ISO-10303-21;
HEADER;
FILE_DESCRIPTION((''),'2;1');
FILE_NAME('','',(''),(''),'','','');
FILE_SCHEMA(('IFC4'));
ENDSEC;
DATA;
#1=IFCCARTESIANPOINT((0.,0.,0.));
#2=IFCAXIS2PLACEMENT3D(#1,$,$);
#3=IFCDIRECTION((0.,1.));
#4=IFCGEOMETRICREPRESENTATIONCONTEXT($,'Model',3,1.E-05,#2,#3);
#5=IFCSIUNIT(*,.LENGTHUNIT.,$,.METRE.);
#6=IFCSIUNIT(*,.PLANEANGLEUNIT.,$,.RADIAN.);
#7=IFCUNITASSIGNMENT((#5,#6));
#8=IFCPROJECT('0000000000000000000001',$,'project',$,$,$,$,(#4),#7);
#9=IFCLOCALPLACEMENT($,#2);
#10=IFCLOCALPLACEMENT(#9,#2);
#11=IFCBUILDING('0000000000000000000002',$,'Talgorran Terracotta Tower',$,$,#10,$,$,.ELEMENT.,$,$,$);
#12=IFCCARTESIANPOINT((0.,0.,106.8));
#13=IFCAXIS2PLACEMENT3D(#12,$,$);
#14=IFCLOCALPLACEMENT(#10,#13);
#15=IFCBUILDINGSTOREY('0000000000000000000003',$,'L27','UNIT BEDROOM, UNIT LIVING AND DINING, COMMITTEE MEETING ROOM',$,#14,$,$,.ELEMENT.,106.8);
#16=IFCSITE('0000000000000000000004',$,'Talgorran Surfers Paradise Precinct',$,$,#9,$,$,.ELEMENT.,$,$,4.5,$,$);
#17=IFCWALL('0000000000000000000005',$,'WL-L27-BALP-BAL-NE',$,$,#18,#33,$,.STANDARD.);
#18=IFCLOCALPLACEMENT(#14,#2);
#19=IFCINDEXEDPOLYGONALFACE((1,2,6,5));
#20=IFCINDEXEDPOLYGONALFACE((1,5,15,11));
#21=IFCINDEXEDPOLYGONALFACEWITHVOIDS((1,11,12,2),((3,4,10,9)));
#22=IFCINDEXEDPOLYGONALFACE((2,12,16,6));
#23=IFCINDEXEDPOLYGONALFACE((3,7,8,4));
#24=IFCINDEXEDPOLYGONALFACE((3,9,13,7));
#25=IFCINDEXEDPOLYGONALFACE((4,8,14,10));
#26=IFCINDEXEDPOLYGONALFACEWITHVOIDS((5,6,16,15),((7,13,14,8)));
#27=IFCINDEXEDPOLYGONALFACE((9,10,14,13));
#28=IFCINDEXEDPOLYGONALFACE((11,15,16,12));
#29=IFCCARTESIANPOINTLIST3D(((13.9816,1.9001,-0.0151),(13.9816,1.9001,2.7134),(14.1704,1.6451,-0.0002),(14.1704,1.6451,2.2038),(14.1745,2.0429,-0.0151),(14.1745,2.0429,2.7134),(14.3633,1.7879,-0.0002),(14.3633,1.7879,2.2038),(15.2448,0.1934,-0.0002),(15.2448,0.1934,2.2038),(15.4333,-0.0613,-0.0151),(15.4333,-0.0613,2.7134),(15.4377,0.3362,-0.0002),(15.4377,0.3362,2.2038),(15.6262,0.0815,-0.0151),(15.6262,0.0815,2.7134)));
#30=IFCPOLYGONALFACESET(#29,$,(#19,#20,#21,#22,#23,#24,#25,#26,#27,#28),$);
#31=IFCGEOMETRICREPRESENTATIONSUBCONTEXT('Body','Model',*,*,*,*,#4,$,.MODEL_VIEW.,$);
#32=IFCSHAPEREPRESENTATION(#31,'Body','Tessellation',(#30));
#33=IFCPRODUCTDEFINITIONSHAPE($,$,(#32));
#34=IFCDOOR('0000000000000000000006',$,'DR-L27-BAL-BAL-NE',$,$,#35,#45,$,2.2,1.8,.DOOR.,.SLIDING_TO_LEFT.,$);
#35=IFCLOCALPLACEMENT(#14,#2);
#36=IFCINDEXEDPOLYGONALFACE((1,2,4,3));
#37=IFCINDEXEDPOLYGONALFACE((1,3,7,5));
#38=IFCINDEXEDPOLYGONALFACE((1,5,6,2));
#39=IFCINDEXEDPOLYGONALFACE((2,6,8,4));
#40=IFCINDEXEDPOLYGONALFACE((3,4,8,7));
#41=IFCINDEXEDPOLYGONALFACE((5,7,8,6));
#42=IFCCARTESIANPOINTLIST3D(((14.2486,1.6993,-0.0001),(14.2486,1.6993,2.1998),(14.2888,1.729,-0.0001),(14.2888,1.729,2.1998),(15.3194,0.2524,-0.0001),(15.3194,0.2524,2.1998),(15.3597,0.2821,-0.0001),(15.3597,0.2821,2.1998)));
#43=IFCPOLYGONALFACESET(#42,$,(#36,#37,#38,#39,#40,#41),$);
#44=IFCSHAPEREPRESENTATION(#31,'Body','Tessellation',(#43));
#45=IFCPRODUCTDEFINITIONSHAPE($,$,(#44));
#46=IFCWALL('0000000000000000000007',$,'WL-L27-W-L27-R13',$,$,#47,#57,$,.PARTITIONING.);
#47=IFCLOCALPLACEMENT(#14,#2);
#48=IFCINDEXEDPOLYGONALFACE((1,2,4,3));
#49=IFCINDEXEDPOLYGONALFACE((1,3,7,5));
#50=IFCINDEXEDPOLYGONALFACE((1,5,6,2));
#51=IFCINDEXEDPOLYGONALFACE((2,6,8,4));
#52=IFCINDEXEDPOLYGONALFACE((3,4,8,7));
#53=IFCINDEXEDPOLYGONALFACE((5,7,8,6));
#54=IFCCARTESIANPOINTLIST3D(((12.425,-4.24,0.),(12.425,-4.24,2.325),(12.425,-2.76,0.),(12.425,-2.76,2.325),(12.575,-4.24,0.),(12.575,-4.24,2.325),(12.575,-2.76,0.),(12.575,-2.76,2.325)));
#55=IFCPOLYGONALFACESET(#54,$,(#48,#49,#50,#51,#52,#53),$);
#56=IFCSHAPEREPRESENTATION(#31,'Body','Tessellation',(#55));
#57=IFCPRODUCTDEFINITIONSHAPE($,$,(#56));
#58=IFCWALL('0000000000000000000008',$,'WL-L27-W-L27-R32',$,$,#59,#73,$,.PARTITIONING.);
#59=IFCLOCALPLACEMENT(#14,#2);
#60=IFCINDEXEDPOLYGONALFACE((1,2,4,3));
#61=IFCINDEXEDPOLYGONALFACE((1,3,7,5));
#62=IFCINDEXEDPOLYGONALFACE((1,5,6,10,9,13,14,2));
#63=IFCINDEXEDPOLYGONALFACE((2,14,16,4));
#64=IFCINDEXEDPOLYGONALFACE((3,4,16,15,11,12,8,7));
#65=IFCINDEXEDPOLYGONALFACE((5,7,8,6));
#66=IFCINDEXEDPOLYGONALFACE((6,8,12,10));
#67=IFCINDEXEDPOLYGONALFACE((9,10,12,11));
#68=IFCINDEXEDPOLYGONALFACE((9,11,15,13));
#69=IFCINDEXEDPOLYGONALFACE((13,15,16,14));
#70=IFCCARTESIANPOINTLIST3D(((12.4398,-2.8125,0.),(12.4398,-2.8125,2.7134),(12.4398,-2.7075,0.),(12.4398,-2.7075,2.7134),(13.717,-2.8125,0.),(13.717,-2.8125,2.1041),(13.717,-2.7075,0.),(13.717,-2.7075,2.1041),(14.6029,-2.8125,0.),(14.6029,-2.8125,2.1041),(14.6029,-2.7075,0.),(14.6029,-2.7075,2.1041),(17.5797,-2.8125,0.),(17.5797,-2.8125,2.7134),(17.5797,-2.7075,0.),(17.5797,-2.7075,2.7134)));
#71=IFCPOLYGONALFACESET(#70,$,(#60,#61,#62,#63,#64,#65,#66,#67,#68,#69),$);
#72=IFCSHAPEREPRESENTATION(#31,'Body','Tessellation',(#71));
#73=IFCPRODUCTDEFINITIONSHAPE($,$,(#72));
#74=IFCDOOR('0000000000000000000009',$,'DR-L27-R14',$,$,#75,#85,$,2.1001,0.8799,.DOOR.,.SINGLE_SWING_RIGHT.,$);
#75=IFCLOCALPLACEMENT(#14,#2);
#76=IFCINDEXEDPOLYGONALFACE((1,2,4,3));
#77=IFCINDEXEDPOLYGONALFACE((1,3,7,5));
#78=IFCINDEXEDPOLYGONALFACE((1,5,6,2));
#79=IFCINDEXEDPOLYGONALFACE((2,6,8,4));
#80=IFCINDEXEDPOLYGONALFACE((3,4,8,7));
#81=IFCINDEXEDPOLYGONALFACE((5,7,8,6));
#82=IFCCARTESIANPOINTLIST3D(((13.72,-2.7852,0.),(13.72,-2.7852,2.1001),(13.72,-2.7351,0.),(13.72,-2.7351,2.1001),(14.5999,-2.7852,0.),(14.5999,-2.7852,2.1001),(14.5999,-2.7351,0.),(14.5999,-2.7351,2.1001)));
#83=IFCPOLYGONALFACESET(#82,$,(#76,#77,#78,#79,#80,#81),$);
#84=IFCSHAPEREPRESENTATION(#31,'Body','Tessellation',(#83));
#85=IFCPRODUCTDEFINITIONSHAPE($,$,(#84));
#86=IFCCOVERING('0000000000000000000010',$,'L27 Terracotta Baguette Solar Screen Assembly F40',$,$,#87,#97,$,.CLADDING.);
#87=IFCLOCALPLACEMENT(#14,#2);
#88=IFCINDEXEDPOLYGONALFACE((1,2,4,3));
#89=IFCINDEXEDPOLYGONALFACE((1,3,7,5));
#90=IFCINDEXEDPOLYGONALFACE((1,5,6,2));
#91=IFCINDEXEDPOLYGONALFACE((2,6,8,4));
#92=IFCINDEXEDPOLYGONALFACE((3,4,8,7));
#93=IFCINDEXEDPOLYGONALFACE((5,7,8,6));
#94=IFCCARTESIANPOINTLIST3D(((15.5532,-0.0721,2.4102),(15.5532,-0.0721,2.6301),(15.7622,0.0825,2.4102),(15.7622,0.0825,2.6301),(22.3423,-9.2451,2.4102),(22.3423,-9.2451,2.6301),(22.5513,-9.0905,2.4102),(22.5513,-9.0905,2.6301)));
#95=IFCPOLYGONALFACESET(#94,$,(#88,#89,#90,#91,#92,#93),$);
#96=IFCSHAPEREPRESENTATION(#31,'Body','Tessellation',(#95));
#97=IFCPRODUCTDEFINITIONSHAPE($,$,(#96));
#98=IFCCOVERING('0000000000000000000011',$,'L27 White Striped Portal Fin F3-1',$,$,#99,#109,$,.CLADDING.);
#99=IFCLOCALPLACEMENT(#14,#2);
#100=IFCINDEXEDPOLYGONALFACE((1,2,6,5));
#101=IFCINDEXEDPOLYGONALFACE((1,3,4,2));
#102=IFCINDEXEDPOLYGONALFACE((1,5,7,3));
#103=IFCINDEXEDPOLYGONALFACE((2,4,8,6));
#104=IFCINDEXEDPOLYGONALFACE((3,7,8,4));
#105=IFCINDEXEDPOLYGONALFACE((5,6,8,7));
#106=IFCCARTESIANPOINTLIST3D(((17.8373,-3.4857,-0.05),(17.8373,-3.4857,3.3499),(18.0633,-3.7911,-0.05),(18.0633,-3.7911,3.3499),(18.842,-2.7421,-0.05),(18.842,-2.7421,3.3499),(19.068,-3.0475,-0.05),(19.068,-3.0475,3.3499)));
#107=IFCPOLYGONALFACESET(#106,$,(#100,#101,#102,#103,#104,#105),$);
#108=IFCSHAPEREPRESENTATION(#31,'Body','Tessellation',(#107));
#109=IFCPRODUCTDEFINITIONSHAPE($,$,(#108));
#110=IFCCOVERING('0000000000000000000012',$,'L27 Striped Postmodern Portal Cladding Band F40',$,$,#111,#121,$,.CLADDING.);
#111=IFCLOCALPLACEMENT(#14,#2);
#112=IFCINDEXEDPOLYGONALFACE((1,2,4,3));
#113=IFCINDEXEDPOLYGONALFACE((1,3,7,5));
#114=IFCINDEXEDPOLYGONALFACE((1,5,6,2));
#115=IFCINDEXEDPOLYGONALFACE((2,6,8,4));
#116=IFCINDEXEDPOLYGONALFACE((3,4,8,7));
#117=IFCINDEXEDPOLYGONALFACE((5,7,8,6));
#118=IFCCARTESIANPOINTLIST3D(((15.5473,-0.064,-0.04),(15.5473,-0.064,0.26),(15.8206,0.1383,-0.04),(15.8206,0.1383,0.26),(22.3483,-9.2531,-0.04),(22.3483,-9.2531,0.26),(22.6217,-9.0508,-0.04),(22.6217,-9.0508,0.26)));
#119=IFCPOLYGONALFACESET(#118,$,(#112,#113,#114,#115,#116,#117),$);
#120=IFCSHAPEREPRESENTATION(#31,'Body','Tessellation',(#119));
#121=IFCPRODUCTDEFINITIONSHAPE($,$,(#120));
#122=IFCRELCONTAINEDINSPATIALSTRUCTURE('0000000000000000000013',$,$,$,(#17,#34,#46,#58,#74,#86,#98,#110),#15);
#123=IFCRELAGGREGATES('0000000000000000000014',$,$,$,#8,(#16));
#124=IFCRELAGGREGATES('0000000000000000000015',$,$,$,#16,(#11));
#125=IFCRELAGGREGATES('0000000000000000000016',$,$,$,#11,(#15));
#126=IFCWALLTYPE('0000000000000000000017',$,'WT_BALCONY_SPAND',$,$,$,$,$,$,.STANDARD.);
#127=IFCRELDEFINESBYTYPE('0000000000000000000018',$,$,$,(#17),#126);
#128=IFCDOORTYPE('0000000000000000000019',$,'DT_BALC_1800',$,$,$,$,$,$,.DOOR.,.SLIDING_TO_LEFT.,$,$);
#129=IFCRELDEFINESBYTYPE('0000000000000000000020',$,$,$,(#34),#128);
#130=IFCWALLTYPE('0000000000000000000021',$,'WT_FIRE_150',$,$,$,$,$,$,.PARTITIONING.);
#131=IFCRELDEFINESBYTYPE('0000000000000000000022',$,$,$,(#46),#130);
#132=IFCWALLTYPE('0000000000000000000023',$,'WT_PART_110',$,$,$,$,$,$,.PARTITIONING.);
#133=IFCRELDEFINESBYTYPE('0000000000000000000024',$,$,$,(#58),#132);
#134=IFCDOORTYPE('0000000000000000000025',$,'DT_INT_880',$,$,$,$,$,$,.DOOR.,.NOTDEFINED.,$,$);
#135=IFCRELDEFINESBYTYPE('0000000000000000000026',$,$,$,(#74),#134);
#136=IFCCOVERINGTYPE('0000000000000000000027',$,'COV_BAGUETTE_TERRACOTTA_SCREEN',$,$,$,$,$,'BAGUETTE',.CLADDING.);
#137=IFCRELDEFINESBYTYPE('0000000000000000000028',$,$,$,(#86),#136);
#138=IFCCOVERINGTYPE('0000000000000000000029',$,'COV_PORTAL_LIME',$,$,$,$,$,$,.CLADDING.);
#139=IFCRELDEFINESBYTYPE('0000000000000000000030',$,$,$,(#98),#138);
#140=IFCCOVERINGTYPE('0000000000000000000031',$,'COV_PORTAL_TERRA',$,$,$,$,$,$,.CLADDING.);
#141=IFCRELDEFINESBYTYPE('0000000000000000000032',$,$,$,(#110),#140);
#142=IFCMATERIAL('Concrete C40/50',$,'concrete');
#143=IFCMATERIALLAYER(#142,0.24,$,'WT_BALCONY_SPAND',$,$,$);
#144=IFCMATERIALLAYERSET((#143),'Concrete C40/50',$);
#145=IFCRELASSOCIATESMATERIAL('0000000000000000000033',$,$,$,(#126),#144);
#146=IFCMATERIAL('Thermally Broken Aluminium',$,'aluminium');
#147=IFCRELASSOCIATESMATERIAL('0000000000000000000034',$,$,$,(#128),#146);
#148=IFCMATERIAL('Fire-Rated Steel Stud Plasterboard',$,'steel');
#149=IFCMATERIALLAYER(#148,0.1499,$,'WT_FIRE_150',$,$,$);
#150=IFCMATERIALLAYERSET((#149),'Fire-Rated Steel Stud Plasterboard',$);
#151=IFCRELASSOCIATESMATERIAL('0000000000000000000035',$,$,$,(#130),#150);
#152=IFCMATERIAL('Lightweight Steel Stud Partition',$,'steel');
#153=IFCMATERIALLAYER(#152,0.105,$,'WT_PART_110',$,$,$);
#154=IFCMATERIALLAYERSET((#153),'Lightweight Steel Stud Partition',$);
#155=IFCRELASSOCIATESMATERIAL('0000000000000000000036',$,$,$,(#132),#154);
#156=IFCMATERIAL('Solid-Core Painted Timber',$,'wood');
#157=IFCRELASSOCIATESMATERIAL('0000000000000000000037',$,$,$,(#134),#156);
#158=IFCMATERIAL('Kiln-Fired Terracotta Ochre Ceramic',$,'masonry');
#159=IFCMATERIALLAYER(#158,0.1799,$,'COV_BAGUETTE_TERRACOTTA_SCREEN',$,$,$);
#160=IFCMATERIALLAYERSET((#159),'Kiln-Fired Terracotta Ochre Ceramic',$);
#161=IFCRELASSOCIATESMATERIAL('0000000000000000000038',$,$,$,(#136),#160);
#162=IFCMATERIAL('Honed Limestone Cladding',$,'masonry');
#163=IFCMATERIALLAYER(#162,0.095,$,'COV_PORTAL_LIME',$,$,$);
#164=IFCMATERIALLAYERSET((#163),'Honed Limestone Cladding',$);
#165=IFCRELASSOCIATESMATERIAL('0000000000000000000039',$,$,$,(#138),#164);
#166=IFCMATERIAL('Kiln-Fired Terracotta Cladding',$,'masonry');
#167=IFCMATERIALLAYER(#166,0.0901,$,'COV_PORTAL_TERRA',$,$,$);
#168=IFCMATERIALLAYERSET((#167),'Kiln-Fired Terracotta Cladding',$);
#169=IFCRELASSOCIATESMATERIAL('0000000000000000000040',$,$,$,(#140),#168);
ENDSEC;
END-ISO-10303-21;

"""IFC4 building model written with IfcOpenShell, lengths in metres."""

from ifc_helpers import new_model, si_unit, direction, frame, frame_2d, origin, origin_2d, place, context, subcontext, project, spatial, rectangle, extrude, material, layer, layer_set, type_object, element, fill, save


model = new_model("IFC4")

# Units and contexts
model_context = context("Model", 3, precision=1e-05, world=origin(), true_north=direction((0.0, 1.0)))
body_context = subcontext(model_context, "Body", "Model", "MODEL_VIEW")
ifc_project = project(units=[si_unit("LENGTHUNIT", "METRE"), si_unit("PLANEANGLEUNIT", "RADIAN")], contexts=[model_context])

# Site, building, storey
site_placement = place(None, origin())
site = spatial("IfcSite", under=ifc_project, at=site_placement, Name="Talgorran Surfers Paradise Precinct", CompositionType="ELEMENT", RefElevation=4.5)
building_placement = place(site_placement, origin())
building = spatial("IfcBuilding", under=site, at=building_placement, Name="Talgorran Terracotta Tower", CompositionType="ELEMENT")
storey_placement = place(building_placement, frame((0.0, 0.0, 106.8)))
storey = spatial("IfcBuildingStorey", under=building, at=storey_placement, Name="L27", Description="UNIT BEDROOM, UNIT LIVING AND DINING, COMMITTEE MEETING ROOM", CompositionType="ELEMENT", Elevation=106.8)

# Wall, opening, door
ifc_material_1 = material(Name="Concrete C40/50", Category="concrete")
ifc_layer_1 = layer(ifc_material_1, 0.24, Name="WT_BALCONY_SPAND")
ifc_layer_set_1 = layer_set([ifc_layer_1], Name="Concrete C40/50")
wall_type_1 = type_object("IfcWallType", Name="WT_BALCONY_SPAND", PredefinedType="STANDARD", material=ifc_layer_set_1)
wall_1_placement = place(storey_placement, frame((15.5298, 0.01, -0.0151), z_axis=(0.0, 0.0, 1.0), x_axis=(-0.594897, 0.803802, 0.0)))
wall_1 = element("IfcWall", 1, at=wall_1_placement, inside=storey, type_object=wall_type_1, Name="WL-L27-BALP-BAL-NE", PredefinedType="STANDARD", context=body_context, shape_type="SweptSolid", body=[
    extrude(rectangle(XDim=2.4402, YDim=0.24, at=frame_2d((1.2202, 0.0))), origin(), (0.0, 0.0, 1.0), 2.7285),
])
opening_1_placement = place(wall_1_placement, frame((0.3201, 0.0, 0.0149)))
opening_1 = element("IfcOpeningElement", 2, at=opening_1_placement, cuts=wall_1, PredefinedType="OPENING", context=body_context, shape_type="SweptSolid", body=[
    extrude(rectangle(XDim=1.806, YDim=2.204, at=frame_2d((0.8999, 1.1021))), frame((0.0, 0.1299, 0.0), z_axis=(0.0, -1.0, 0.0), x_axis=(1.0, 0.0, 0.0)), (0.0, 0.0, 1.0), 0.26),
])
ifc_material_2 = material(Name="Thermally Broken Aluminium", Category="aluminium")
door_type_1 = type_object("IfcDoorType", Name="DT_BALC_1800", OperationType="SLIDING_TO_LEFT", PredefinedType="DOOR", material=ifc_material_2)
door_1_placement = place(opening_1_placement, origin())
door_1 = element("IfcDoor", 3, at=door_1_placement, inside=storey, type_object=door_type_1, Name="DR-L27-BAL-BAL-NE", OperationType="SLIDING_TO_LEFT", OverallHeight=2.2, OverallWidth=1.8, PredefinedType="DOOR", context=body_context, shape_type="SweptSolid", body=[
    extrude(rectangle(XDim=1.8, YDim=2.2, at=frame_2d((0.8999, 1.1001))), frame((0.0, 0.0249, 0.0), z_axis=(0.0, -1.0, 0.0), x_axis=(1.0, 0.0, 0.0)), (0.0, 0.0, 1.0), 0.05),
])
fill(opening_1, door_1)

# Wall
ifc_material_3 = material(Name="Fire-Rated Steel Stud Plasterboard", Category="steel")
ifc_layer_2 = layer(ifc_material_3, 0.1499, Name="WT_FIRE_150")
ifc_layer_set_2 = layer_set([ifc_layer_2], Name="Fire-Rated Steel Stud Plasterboard")
wall_type_2 = type_object("IfcWallType", Name="WT_FIRE_150", PredefinedType="PARTITIONING", material=ifc_layer_set_2)
wall_2_placement = place(storey_placement, frame((12.5, -4.24, 0.0), z_axis=(0.0, 0.0, 1.0), x_axis=(0.0, 1.0, 0.0)))
element("IfcWall", 4, at=wall_2_placement, inside=storey, type_object=wall_type_2, Name="WL-L27-W-L27-R13", PredefinedType="PARTITIONING", context=body_context, shape_type="SweptSolid", body=[
    extrude(rectangle(XDim=1.48, YDim=0.1499, at=frame_2d((0.74, 0.0))), origin(), (0.0, 0.0, 1.0), 2.325),
])

# Wall, opening, door
ifc_material_4 = material(Name="Lightweight Steel Stud Partition", Category="steel")
ifc_layer_3 = layer(ifc_material_4, 0.105, Name="WT_PART_110")
ifc_layer_set_3 = layer_set([ifc_layer_3], Name="Lightweight Steel Stud Partition")
wall_type_3 = type_object("IfcWallType", Name="WT_PART_110", PredefinedType="PARTITIONING", material=ifc_layer_set_3)
wall_3_placement = place(storey_placement, frame((12.4399, -2.76, 0.0), z_axis=(0.0, 0.0, 1.0), x_axis=(1.0, 0.0, 0.0)))
wall_3 = element("IfcWall", 5, at=wall_3_placement, inside=storey, type_object=wall_type_3, Name="WL-L27-W-L27-R32", PredefinedType="PARTITIONING", context=body_context, shape_type="SweptSolid", body=[
    extrude(rectangle(XDim=5.1399, YDim=0.105, at=frame_2d((2.5698, 0.0))), origin(), (0.0, 0.0, 1.0), 2.7134),
])
opening_2_placement = place(wall_3_placement, frame((1.28, 0.0, 0.0)))
opening_2 = element("IfcOpeningElement", 6, at=opening_2_placement, cuts=wall_3, PredefinedType="OPENING", context=body_context, shape_type="SweptSolid", body=[
    extrude(rectangle(XDim=0.8859, YDim=2.1041, at=frame_2d((0.4399, 1.052))), frame((0.0, 0.0625, 0.0), z_axis=(0.0, -1.0, 0.0), x_axis=(1.0, 0.0, 0.0)), (0.0, 0.0, 1.0), 0.125),
])
ifc_material_5 = material(Name="Solid-Core Painted Timber", Category="wood")
door_type_2 = type_object("IfcDoorType", Name="DT_INT_880", OperationType="NOTDEFINED", PredefinedType="DOOR", material=ifc_material_5)
door_2_placement = place(opening_2_placement, origin())
door_2 = element("IfcDoor", 7, at=door_2_placement, inside=storey, type_object=door_type_2, Name="DR-L27-R14", OperationType="SINGLE_SWING_RIGHT", OverallHeight=2.1001, OverallWidth=0.8799, PredefinedType="DOOR", context=body_context, shape_type="SweptSolid", body=[
    extrude(rectangle(XDim=0.8799, YDim=2.1001, at=frame_2d((0.4399, 1.05))), frame((0.0, 0.0249, 0.0), z_axis=(0.0, -1.0, 0.0), x_axis=(1.0, 0.0, 0.0)), (0.0, 0.0, 1.0), 0.05),
])
fill(opening_2, door_2)

# Coverings
ifc_material_6 = material(Name="Kiln-Fired Terracotta Ochre Ceramic", Category="masonry")
ifc_layer_4 = layer(ifc_material_6, 0.1799, Name="COV_BAGUETTE_TERRACOTTA_SCREEN")
ifc_layer_set_4 = layer_set([ifc_layer_4], Name="Kiln-Fired Terracotta Ochre Ceramic")
covering_type_1 = type_object("IfcCoveringType", Name="COV_BAGUETTE_TERRACOTTA_SCREEN", ElementType="BAGUETTE", PredefinedType="CLADDING", material=ifc_layer_set_4)
covering_1_placement = place(storey_placement, frame((19.0522, -4.5813, 2.4102), z_axis=(0.0, 0.0, 1.0), x_axis=(-0.594907, 0.803795, 0.0)))
element("IfcCovering", 8, at=covering_1_placement, inside=storey, type_object=covering_type_1, Name="L27 Terracotta Baguette Solar Screen Assembly F40", PredefinedType="CLADDING", context=body_context, shape_type="SweptSolid", body=[
    extrude(rectangle(XDim=11.4121, YDim=0.26, at=origin_2d()), origin(), (0.0, 0.0, 1.0), 0.22),
])
ifc_material_7 = material(Name="Honed Limestone Cladding", Category="masonry")
ifc_layer_5 = layer(ifc_material_7, 0.095, Name="COV_PORTAL_LIME")
ifc_layer_set_5 = layer_set([ifc_layer_5], Name="Honed Limestone Cladding")
covering_type_2 = type_object("IfcCoveringType", Name="COV_PORTAL_LIME", PredefinedType="CLADDING", material=ifc_layer_set_5)
covering_2_placement = place(storey_placement, frame((18.4526, -3.2666, -0.05), z_axis=(0.0, 0.0, 1.0), x_axis=(-0.594907, 0.803795, 0.0)))
element("IfcCovering", 9, at=covering_2_placement, inside=storey, type_object=covering_type_2, Name="L27 White Striped Portal Fin F3-1", PredefinedType="CLADDING", context=body_context, shape_type="SweptSolid", body=[
    extrude(rectangle(XDim=0.3799, YDim=1.25, at=origin_2d()), origin(), (0.0, 0.0, 1.0), 3.3999),
])
ifc_material_8 = material(Name="Kiln-Fired Terracotta Cladding", Category="masonry")
ifc_layer_6 = layer(ifc_material_8, 0.0901, Name="COV_PORTAL_TERRA")
ifc_layer_set_6 = layer_set([ifc_layer_6], Name="Kiln-Fired Terracotta Cladding")
covering_type_3 = type_object("IfcCoveringType", Name="COV_PORTAL_TERRA", PredefinedType="CLADDING", material=ifc_layer_set_6)
covering_3_placement = place(storey_placement, frame((19.0845, -4.5574, -0.04), z_axis=(0.0, 0.0, 1.0), x_axis=(-0.594907, 0.803795, 0.0)))
element("IfcCovering", 10, at=covering_3_placement, inside=storey, type_object=covering_type_3, Name="L27 Striped Postmodern Portal Cladding Band F40", PredefinedType="CLADDING", context=body_context, shape_type="SweptSolid", body=[
    extrude(rectangle(XDim=11.4321, YDim=0.3401, at=origin_2d()), origin(), (0.0, 0.0, 1.0), 0.3),
])

save(model, "model.ifc")
